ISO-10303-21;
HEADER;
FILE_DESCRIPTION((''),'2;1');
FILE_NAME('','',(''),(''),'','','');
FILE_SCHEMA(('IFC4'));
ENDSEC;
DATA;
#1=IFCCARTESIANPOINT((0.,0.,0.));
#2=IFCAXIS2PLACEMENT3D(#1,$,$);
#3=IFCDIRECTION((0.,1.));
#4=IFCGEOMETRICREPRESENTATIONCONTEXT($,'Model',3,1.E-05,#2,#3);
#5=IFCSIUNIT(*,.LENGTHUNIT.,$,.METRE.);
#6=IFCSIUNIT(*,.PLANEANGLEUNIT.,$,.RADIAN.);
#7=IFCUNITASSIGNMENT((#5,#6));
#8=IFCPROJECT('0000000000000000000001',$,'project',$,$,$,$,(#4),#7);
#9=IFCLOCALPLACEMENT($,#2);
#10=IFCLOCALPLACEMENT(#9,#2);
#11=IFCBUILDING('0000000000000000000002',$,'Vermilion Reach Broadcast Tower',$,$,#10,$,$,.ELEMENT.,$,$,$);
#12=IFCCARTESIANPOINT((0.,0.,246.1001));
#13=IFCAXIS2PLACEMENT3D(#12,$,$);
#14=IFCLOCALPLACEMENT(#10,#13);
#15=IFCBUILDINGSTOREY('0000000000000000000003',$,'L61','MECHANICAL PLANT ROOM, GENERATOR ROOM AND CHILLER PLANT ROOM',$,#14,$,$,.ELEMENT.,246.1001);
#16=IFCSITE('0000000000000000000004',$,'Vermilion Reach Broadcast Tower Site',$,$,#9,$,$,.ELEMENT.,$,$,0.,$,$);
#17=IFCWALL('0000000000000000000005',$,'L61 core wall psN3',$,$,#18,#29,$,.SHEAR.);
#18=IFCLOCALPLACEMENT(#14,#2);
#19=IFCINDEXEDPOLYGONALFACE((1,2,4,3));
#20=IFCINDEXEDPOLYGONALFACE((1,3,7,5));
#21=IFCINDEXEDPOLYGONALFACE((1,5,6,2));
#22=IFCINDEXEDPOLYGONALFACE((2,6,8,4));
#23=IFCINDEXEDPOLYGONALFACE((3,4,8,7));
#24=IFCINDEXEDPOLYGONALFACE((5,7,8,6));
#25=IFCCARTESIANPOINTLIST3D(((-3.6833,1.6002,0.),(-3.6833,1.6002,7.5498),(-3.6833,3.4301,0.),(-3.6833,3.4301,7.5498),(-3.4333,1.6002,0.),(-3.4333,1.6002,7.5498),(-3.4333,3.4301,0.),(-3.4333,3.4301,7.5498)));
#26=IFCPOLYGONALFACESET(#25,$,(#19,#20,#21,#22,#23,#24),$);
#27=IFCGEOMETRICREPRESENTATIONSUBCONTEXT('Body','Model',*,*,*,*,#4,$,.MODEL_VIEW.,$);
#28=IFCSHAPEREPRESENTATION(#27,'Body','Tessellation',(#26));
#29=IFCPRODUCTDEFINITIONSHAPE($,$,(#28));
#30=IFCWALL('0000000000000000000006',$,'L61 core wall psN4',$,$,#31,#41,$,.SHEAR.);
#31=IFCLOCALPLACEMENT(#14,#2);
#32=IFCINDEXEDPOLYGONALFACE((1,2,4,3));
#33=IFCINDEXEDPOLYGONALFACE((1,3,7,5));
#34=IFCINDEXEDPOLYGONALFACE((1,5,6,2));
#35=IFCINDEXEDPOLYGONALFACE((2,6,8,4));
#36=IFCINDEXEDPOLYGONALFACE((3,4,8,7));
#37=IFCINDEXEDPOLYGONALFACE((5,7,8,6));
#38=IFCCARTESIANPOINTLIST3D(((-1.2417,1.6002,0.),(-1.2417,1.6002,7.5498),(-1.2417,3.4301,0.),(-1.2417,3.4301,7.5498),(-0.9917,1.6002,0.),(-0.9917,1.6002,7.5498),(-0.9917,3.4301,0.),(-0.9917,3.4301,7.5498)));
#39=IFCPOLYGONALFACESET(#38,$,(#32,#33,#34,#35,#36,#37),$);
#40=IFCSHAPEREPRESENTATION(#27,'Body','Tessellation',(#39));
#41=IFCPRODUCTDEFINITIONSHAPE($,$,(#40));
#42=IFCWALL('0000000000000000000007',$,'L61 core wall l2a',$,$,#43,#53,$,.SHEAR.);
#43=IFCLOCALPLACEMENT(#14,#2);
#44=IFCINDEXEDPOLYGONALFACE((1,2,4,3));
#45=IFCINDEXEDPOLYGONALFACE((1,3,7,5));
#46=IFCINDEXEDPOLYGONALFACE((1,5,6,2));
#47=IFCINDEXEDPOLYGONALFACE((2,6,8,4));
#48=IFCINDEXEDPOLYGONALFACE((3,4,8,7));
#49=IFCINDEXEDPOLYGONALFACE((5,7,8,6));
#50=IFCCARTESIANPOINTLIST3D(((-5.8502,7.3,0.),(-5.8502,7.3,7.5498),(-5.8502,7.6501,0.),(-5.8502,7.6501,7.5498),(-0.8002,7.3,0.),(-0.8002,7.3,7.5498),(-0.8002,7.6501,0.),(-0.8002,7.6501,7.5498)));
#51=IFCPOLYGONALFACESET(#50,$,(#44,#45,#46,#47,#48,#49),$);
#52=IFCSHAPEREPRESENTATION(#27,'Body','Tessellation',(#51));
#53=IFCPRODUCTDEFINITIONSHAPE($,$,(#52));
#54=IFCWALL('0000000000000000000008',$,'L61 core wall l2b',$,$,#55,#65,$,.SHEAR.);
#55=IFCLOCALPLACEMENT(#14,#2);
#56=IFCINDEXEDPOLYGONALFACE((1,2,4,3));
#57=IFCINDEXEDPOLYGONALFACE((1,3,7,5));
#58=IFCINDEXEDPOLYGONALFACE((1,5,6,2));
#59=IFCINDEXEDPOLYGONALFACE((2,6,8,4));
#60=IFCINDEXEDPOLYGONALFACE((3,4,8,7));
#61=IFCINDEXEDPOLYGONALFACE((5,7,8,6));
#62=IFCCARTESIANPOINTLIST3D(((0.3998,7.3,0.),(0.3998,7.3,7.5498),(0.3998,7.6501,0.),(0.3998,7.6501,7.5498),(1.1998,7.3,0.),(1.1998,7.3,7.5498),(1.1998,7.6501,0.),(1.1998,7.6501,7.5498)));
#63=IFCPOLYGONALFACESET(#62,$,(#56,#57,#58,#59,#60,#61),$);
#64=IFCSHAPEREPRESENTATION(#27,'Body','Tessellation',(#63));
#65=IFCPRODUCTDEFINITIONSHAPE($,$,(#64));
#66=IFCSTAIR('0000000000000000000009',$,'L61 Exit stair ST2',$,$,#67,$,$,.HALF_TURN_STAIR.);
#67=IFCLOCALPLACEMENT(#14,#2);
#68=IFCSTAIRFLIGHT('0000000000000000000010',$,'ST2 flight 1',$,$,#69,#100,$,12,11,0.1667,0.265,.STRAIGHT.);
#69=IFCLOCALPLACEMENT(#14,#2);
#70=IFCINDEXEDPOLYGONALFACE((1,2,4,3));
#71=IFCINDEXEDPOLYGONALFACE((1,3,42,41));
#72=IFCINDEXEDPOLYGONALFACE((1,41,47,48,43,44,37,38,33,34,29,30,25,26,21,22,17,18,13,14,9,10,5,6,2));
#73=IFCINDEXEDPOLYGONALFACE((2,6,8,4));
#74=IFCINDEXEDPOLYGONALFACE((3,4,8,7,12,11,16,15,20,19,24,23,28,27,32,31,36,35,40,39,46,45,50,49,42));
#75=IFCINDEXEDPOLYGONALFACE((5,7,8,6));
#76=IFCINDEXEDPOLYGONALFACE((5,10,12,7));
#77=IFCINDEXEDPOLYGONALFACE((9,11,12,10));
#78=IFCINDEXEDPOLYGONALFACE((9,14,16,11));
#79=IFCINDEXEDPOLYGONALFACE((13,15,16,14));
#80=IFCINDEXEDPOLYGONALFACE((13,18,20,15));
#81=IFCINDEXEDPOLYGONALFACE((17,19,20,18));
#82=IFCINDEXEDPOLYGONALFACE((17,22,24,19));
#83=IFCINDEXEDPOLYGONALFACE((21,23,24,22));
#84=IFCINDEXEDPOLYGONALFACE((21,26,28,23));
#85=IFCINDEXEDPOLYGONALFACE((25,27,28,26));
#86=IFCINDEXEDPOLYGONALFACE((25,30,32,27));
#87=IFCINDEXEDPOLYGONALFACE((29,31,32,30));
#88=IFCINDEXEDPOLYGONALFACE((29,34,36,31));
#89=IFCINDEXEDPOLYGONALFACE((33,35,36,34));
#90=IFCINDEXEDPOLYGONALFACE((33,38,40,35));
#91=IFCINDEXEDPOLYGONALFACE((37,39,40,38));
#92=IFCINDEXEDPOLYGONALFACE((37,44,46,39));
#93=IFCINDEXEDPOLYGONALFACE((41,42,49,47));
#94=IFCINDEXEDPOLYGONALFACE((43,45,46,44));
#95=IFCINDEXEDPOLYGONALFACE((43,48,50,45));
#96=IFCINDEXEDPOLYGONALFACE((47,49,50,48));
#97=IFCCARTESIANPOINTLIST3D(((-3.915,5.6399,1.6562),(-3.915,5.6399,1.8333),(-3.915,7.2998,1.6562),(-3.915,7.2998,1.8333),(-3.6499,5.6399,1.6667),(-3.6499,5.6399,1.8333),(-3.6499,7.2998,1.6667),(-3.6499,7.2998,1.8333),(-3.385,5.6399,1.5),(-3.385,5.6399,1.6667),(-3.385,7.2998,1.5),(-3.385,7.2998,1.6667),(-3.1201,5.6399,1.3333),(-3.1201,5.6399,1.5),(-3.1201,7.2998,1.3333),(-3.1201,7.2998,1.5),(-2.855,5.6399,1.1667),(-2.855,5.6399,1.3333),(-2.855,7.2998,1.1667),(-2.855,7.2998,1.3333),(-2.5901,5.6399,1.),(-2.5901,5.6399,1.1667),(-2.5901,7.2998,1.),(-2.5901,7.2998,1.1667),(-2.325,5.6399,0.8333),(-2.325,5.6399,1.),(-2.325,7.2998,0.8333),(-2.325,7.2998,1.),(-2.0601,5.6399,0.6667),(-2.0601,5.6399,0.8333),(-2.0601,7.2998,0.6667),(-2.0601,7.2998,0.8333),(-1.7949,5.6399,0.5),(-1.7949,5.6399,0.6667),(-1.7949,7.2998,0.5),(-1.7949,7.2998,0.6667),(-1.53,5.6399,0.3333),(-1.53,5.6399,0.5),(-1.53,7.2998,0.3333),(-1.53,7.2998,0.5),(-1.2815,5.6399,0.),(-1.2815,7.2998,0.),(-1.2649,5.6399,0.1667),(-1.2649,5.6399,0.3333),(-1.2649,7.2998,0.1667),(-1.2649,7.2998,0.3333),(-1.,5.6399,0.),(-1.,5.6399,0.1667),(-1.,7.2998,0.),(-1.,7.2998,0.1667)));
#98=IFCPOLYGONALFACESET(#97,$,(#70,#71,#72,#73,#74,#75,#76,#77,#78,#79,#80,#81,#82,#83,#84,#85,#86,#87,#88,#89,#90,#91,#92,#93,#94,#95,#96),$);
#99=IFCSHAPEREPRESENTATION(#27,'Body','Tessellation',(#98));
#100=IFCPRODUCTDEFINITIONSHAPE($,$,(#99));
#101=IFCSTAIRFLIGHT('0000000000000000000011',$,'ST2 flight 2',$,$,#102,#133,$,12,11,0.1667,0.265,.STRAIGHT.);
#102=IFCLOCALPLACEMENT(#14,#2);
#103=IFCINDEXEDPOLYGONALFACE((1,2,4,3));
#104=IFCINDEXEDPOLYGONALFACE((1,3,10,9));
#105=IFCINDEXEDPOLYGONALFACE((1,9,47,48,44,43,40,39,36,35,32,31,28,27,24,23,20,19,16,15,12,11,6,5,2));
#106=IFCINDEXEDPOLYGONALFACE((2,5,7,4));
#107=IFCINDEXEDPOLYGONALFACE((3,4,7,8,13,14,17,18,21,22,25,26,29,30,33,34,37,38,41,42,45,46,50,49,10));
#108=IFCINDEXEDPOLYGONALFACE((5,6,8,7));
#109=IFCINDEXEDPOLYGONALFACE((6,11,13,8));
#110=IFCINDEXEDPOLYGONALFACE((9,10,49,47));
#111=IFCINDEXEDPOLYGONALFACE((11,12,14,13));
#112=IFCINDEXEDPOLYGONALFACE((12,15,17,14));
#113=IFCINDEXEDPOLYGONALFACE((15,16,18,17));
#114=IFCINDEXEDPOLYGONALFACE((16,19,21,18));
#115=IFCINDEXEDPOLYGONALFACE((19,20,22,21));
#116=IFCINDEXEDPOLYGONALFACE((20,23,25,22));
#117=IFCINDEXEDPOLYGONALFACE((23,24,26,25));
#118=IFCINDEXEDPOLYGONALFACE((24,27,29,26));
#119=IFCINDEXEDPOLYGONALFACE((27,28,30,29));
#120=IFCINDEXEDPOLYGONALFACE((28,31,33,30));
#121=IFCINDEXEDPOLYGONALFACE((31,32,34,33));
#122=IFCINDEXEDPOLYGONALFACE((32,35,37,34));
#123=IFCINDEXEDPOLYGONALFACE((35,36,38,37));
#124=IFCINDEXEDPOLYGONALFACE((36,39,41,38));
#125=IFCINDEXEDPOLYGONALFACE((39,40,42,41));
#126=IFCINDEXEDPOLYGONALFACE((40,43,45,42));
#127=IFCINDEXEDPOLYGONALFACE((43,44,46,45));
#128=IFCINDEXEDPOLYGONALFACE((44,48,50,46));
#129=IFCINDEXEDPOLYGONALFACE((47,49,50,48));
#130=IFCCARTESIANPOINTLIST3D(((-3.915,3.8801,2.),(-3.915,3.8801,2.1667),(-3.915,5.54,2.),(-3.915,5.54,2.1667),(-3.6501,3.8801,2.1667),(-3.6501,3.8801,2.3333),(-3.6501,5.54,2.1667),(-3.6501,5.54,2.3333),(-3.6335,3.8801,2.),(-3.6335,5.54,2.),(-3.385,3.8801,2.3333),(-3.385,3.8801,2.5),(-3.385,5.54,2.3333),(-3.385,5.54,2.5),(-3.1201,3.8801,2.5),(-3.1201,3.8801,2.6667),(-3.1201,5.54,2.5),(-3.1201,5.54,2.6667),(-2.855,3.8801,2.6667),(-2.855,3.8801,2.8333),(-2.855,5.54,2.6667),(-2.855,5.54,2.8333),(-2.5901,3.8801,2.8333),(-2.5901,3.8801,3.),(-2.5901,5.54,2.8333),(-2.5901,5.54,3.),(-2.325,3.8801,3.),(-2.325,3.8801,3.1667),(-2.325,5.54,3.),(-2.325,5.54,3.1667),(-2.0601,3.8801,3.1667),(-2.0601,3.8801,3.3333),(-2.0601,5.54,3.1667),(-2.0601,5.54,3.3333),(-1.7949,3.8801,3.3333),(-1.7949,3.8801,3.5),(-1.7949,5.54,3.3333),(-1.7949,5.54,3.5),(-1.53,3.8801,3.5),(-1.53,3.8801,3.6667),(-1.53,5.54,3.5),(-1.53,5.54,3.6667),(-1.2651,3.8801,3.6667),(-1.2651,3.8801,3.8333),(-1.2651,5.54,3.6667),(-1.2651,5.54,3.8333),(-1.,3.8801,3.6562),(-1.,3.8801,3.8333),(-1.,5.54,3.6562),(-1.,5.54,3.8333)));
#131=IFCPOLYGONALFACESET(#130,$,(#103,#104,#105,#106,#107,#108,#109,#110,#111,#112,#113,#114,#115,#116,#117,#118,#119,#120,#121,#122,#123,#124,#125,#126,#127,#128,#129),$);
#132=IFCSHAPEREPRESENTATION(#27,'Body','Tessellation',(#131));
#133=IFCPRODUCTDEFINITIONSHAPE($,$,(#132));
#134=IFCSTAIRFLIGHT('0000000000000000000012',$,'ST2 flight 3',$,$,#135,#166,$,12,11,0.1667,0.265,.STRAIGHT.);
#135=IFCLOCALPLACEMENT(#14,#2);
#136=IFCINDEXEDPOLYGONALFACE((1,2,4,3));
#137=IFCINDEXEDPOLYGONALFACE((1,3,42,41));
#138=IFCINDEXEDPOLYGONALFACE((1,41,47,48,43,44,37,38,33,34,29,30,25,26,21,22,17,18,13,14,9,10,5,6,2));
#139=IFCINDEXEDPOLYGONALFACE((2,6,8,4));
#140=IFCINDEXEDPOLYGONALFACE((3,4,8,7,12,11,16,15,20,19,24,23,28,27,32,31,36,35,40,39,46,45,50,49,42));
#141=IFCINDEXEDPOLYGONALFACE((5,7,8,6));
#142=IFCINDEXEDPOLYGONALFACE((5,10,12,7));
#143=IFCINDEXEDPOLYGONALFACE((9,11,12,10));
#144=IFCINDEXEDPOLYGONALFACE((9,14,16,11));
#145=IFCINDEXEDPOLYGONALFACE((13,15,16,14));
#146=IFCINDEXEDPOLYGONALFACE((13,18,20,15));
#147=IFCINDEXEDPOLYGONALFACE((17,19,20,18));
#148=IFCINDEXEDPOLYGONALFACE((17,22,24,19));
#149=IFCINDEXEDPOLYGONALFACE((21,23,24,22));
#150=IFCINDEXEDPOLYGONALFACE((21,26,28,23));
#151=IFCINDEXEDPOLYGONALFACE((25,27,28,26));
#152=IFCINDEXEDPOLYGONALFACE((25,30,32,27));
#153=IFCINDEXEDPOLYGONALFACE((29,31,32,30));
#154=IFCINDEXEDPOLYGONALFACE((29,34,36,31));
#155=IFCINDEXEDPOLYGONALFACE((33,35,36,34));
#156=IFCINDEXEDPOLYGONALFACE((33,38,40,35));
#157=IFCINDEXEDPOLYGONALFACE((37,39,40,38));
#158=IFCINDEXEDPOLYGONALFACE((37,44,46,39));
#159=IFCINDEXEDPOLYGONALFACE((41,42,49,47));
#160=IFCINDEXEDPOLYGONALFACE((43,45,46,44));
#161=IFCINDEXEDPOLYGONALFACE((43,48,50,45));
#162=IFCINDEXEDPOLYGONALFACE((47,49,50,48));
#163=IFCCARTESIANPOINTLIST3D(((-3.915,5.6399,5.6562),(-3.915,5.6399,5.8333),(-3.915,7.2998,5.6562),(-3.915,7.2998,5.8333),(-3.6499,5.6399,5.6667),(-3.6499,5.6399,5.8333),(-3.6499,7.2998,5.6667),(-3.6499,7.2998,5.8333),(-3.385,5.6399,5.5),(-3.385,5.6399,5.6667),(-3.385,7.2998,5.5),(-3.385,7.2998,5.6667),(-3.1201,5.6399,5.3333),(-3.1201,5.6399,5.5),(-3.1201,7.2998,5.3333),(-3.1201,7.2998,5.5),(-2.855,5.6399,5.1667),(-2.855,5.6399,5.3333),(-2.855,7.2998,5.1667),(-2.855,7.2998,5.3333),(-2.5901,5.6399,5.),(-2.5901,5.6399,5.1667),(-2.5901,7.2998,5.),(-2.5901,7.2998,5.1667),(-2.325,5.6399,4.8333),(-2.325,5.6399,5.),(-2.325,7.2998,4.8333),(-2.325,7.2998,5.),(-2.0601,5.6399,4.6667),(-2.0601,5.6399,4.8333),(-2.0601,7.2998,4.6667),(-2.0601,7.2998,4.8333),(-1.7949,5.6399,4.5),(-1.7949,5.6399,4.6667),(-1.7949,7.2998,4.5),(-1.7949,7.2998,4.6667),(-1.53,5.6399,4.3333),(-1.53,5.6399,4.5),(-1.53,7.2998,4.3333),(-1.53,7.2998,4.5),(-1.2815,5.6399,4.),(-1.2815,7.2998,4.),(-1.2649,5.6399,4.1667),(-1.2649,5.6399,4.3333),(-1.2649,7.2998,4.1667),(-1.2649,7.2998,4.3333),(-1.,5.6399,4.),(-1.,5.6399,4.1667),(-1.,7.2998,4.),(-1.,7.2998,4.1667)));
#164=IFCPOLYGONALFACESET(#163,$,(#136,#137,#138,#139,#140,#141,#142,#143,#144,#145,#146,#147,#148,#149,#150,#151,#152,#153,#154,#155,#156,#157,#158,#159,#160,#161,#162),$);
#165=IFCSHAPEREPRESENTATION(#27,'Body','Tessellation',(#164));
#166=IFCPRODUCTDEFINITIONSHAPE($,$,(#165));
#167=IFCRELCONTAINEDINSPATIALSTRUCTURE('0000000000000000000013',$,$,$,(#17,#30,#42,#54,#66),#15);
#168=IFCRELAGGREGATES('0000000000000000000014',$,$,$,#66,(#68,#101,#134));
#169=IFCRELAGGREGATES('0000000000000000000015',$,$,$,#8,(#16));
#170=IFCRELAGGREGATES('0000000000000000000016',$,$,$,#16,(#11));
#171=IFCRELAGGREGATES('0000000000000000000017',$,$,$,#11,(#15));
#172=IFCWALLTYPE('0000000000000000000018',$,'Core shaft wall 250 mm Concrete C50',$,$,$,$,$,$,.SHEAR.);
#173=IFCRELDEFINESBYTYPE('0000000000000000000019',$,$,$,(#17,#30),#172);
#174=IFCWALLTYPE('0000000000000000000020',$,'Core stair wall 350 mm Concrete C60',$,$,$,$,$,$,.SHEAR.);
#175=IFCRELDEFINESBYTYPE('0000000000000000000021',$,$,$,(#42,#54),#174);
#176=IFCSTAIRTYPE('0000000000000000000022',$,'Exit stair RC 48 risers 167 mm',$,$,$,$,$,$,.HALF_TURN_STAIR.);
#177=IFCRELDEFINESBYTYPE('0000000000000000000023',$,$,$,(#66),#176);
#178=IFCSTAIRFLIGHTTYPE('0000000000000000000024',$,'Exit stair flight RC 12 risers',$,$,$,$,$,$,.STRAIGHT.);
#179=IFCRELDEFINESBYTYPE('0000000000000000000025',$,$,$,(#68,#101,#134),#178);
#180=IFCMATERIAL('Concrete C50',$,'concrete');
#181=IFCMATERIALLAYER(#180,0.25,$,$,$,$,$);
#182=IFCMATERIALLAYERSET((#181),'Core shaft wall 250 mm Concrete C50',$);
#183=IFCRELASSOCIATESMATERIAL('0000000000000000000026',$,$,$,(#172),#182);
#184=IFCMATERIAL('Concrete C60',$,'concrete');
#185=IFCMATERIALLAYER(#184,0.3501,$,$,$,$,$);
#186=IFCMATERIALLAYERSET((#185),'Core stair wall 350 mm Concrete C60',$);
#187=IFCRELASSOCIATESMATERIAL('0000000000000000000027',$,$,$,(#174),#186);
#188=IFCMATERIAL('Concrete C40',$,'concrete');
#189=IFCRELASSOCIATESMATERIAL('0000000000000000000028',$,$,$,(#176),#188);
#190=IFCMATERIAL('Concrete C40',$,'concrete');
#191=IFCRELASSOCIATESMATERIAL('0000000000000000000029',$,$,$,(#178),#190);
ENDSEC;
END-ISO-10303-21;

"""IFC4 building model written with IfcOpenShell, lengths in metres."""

from ifc_helpers import new_model, si_unit, direction, frame, frame_2d, origin, place, context, subcontext, project, spatial, polyline, rectangle, outline, extrude, material, layer, layer_set, type_object, element, aggregate, save


model = new_model("IFC4")

# Units and contexts
model_context = context("Model", 3, precision=1e-05, world=origin(), true_north=direction((0.0, 1.0)))
body_context = subcontext(model_context, "Body", "Model", "MODEL_VIEW")
ifc_project = project(units=[si_unit("LENGTHUNIT", "METRE"), si_unit("PLANEANGLEUNIT", "RADIAN")], contexts=[model_context])

# Site, building, storey
site_placement = place(None, origin())
site = spatial("IfcSite", under=ifc_project, at=site_placement, Name="Vermilion Reach Broadcast Tower Site", CompositionType="ELEMENT", RefElevation=0.0)
building_placement = place(site_placement, origin())
building = spatial("IfcBuilding", under=site, at=building_placement, Name="Vermilion Reach Broadcast Tower", CompositionType="ELEMENT")
storey_placement = place(building_placement, frame((0.0, 0.0, 246.1001)))
storey = spatial("IfcBuildingStorey", under=building, at=storey_placement, Name="L61", Description="MECHANICAL PLANT ROOM, GENERATOR ROOM AND CHILLER PLANT ROOM", CompositionType="ELEMENT", Elevation=246.1001)

# Walls
ifc_material_1 = material(Name="Concrete C50", Category="concrete")
ifc_layer_1 = layer(ifc_material_1, 0.25)
ifc_layer_set_1 = layer_set([ifc_layer_1], Name="Core shaft wall 250 mm Concrete C50")
wall_type_1 = type_object("IfcWallType", Name="Core shaft wall 250 mm Concrete C50", PredefinedType="SHEAR", material=ifc_layer_set_1)
for number, where, z_axis, x_axis, name in (
    (1, (-3.5583, 1.6001, 0.0), (0.0, 0.0, 1.0), (0.0, 1.0, 0.0), "L61 core wall psN3"),
    (2, (-1.1167, 1.6001, 0.0), (0.0, 0.0, 1.0), (0.0, 1.0, 0.0), "L61 core wall psN4"),
):
    element("IfcWall", number, at=place(storey_placement, frame(where, z_axis=z_axis, x_axis=x_axis)), inside=storey, type_object=wall_type_1, Name=name, PredefinedType="SHEAR", context=body_context, shape_type="SweptSolid", body=[
        extrude(rectangle(XDim=1.8298, YDim=0.25, at=frame_2d((0.915, 0.0))), origin(), (0.0, 0.0, 1.0), 7.5498),
    ])
ifc_material_2 = material(Name="Concrete C60", Category="concrete")
ifc_layer_2 = layer(ifc_material_2, 0.3501)
ifc_layer_set_2 = layer_set([ifc_layer_2], Name="Core stair wall 350 mm Concrete C60")
wall_type_2 = type_object("IfcWallType", Name="Core stair wall 350 mm Concrete C60", PredefinedType="SHEAR", material=ifc_layer_set_2)
wall_1_placement = place(storey_placement, frame((-5.8501, 7.4751, 0.0), z_axis=(0.0, 0.0, 1.0), x_axis=(1.0, 0.0, 0.0)))
element("IfcWall", 3, at=wall_1_placement, inside=storey, type_object=wall_type_2, Name="L61 core wall l2a", PredefinedType="SHEAR", context=body_context, shape_type="SweptSolid", body=[
    extrude(rectangle(XDim=5.05, YDim=0.3501, at=frame_2d((2.5249, 0.0))), origin(), (0.0, 0.0, 1.0), 7.5498),
])
wall_2_placement = place(storey_placement, frame((0.3999, 7.4751, 0.0), z_axis=(0.0, 0.0, 1.0), x_axis=(1.0, 0.0, 0.0)))
element("IfcWall", 4, at=wall_2_placement, inside=storey, type_object=wall_type_2, Name="L61 core wall l2b", PredefinedType="SHEAR", context=body_context, shape_type="SweptSolid", body=[
    extrude(rectangle(XDim=0.8, YDim=0.3501, at=frame_2d((0.3999, 0.0))), origin(), (0.0, 0.0, 1.0), 7.5498),
])

# Stair, stair flights
ifc_material_3 = material(Name="Concrete C40", Category="concrete")
stair_type = type_object("IfcStairType", Name="Exit stair RC 48 risers 167 mm", PredefinedType="HALF_TURN_STAIR", material=ifc_material_3)
stair_placement = place(storey_placement, origin())
stair = element("IfcStair", 5, at=stair_placement, inside=storey, type_object=stair_type, Name="L61 Exit stair ST2", PredefinedType="HALF_TURN_STAIR")
ifc_material_4 = material(Name="Concrete C40", Category="concrete")
stair_flight_type = type_object("IfcStairFlightType", Name="Exit stair flight RC 12 risers", PredefinedType="STRAIGHT", material=ifc_material_4)
stair_flight_1_placement = place(storey_placement, frame((-1.0, 6.47, 0.0), z_axis=(0.0, 0.0, 1.0), x_axis=(-1.0, 0.0, 0.0)))
stair_flight_1 = element("IfcStairFlight", 6, at=stair_flight_1_placement, type_object=stair_flight_type, Name="ST2 flight 1", NumberOfRisers=12, NumberOfTreads=11, PredefinedType="STRAIGHT", RiserHeight=0.1667, TreadLength=0.265, context=body_context, shape_type="SweptSolid", body=[
    extrude(outline(polyline([(0.0, 0.0), (0.0, 0.1667), (0.2649, 0.1667), (0.2649, 0.3333), (0.53, 0.3333), (0.53, 0.5), (0.7949, 0.5), (0.7949, 0.6667), (1.0601, 0.6667), (1.0601, 0.8333), (1.325, 0.8333), (1.325, 1.0), (1.5901, 1.0), (1.5901, 1.1667), (1.855, 1.1667), (1.855, 1.3333), (2.1201, 1.3333), (2.1201, 1.5), (2.385, 1.5), (2.385, 1.6667), (2.6499, 1.6667), (2.6499, 1.8333), (2.915, 1.8333), (2.915, 2.0), (2.915, 1.6562), (0.2815, 0.0), (0.0, 0.0)])), frame((0.0, 0.8301, 0.0), z_axis=(0.0, -1.0, 0.0), x_axis=(1.0, 0.0, 0.0)), (0.0, 0.0, 1.0), 1.6599),
])
stair_flight_2_placement = place(storey_placement, frame((-3.915, 4.71, 2.0), z_axis=(0.0, 0.0, 1.0), x_axis=(1.0, 0.0, 0.0)))
stair_flight_2 = element("IfcStairFlight", 7, at=stair_flight_2_placement, type_object=stair_flight_type, Name="ST2 flight 2", NumberOfRisers=12, NumberOfTreads=11, PredefinedType="STRAIGHT", RiserHeight=0.1667, TreadLength=0.265, context=body_context, shape_type="SweptSolid", body=[
    extrude(outline(polyline([(0.0, 0.0), (0.0, 0.1667), (0.2649, 0.1667), (0.2649, 0.3333), (0.53, 0.3333), (0.53, 0.5), (0.7949, 0.5), (0.7949, 0.6667), (1.0601, 0.6667), (1.0601, 0.8333), (1.325, 0.8333), (1.325, 1.0), (1.5901, 1.0), (1.5901, 1.1667), (1.855, 1.1667), (1.855, 1.3333), (2.1201, 1.3333), (2.1201, 1.5), (2.385, 1.5), (2.385, 1.6667), (2.6499, 1.6667), (2.6499, 1.8333), (2.915, 1.8333), (2.915, 2.0), (2.915, 1.6562), (0.2815, 0.0), (0.0, 0.0)])), frame((0.0, 0.8301, 0.0), z_axis=(0.0, -1.0, 0.0), x_axis=(1.0, 0.0, 0.0)), (0.0, 0.0, 1.0), 1.6599),
])
stair_flight_3_placement = place(storey_placement, frame((-1.0, 6.47, 4.0), z_axis=(0.0, 0.0, 1.0), x_axis=(-1.0, 0.0, 0.0)))
stair_flight_3 = element("IfcStairFlight", 8, at=stair_flight_3_placement, type_object=stair_flight_type, Name="ST2 flight 3", NumberOfRisers=12, NumberOfTreads=11, PredefinedType="STRAIGHT", RiserHeight=0.1667, TreadLength=0.265, context=body_context, shape_type="SweptSolid", body=[
    extrude(outline(polyline([(0.0, 0.0), (0.0, 0.1667), (0.2649, 0.1667), (0.2649, 0.3333), (0.53, 0.3333), (0.53, 0.5), (0.7949, 0.5), (0.7949, 0.6667), (1.0601, 0.6667), (1.0601, 0.8333), (1.325, 0.8333), (1.325, 1.0), (1.5901, 1.0), (1.5901, 1.1667), (1.855, 1.1667), (1.855, 1.3333), (2.1201, 1.3333), (2.1201, 1.5), (2.385, 1.5), (2.385, 1.6667), (2.6499, 1.6667), (2.6499, 1.8333), (2.915, 1.8333), (2.915, 2.0), (2.915, 1.6562), (0.2815, 0.0), (0.0, 0.0)])), frame((0.0, 0.8301, 0.0), z_axis=(0.0, -1.0, 0.0), x_axis=(1.0, 0.0, 0.0)), (0.0, 0.0, 1.0), 1.6599),
])
aggregate(stair, [stair_flight_1, stair_flight_2, stair_flight_3])

save(model, "model.ifc")
